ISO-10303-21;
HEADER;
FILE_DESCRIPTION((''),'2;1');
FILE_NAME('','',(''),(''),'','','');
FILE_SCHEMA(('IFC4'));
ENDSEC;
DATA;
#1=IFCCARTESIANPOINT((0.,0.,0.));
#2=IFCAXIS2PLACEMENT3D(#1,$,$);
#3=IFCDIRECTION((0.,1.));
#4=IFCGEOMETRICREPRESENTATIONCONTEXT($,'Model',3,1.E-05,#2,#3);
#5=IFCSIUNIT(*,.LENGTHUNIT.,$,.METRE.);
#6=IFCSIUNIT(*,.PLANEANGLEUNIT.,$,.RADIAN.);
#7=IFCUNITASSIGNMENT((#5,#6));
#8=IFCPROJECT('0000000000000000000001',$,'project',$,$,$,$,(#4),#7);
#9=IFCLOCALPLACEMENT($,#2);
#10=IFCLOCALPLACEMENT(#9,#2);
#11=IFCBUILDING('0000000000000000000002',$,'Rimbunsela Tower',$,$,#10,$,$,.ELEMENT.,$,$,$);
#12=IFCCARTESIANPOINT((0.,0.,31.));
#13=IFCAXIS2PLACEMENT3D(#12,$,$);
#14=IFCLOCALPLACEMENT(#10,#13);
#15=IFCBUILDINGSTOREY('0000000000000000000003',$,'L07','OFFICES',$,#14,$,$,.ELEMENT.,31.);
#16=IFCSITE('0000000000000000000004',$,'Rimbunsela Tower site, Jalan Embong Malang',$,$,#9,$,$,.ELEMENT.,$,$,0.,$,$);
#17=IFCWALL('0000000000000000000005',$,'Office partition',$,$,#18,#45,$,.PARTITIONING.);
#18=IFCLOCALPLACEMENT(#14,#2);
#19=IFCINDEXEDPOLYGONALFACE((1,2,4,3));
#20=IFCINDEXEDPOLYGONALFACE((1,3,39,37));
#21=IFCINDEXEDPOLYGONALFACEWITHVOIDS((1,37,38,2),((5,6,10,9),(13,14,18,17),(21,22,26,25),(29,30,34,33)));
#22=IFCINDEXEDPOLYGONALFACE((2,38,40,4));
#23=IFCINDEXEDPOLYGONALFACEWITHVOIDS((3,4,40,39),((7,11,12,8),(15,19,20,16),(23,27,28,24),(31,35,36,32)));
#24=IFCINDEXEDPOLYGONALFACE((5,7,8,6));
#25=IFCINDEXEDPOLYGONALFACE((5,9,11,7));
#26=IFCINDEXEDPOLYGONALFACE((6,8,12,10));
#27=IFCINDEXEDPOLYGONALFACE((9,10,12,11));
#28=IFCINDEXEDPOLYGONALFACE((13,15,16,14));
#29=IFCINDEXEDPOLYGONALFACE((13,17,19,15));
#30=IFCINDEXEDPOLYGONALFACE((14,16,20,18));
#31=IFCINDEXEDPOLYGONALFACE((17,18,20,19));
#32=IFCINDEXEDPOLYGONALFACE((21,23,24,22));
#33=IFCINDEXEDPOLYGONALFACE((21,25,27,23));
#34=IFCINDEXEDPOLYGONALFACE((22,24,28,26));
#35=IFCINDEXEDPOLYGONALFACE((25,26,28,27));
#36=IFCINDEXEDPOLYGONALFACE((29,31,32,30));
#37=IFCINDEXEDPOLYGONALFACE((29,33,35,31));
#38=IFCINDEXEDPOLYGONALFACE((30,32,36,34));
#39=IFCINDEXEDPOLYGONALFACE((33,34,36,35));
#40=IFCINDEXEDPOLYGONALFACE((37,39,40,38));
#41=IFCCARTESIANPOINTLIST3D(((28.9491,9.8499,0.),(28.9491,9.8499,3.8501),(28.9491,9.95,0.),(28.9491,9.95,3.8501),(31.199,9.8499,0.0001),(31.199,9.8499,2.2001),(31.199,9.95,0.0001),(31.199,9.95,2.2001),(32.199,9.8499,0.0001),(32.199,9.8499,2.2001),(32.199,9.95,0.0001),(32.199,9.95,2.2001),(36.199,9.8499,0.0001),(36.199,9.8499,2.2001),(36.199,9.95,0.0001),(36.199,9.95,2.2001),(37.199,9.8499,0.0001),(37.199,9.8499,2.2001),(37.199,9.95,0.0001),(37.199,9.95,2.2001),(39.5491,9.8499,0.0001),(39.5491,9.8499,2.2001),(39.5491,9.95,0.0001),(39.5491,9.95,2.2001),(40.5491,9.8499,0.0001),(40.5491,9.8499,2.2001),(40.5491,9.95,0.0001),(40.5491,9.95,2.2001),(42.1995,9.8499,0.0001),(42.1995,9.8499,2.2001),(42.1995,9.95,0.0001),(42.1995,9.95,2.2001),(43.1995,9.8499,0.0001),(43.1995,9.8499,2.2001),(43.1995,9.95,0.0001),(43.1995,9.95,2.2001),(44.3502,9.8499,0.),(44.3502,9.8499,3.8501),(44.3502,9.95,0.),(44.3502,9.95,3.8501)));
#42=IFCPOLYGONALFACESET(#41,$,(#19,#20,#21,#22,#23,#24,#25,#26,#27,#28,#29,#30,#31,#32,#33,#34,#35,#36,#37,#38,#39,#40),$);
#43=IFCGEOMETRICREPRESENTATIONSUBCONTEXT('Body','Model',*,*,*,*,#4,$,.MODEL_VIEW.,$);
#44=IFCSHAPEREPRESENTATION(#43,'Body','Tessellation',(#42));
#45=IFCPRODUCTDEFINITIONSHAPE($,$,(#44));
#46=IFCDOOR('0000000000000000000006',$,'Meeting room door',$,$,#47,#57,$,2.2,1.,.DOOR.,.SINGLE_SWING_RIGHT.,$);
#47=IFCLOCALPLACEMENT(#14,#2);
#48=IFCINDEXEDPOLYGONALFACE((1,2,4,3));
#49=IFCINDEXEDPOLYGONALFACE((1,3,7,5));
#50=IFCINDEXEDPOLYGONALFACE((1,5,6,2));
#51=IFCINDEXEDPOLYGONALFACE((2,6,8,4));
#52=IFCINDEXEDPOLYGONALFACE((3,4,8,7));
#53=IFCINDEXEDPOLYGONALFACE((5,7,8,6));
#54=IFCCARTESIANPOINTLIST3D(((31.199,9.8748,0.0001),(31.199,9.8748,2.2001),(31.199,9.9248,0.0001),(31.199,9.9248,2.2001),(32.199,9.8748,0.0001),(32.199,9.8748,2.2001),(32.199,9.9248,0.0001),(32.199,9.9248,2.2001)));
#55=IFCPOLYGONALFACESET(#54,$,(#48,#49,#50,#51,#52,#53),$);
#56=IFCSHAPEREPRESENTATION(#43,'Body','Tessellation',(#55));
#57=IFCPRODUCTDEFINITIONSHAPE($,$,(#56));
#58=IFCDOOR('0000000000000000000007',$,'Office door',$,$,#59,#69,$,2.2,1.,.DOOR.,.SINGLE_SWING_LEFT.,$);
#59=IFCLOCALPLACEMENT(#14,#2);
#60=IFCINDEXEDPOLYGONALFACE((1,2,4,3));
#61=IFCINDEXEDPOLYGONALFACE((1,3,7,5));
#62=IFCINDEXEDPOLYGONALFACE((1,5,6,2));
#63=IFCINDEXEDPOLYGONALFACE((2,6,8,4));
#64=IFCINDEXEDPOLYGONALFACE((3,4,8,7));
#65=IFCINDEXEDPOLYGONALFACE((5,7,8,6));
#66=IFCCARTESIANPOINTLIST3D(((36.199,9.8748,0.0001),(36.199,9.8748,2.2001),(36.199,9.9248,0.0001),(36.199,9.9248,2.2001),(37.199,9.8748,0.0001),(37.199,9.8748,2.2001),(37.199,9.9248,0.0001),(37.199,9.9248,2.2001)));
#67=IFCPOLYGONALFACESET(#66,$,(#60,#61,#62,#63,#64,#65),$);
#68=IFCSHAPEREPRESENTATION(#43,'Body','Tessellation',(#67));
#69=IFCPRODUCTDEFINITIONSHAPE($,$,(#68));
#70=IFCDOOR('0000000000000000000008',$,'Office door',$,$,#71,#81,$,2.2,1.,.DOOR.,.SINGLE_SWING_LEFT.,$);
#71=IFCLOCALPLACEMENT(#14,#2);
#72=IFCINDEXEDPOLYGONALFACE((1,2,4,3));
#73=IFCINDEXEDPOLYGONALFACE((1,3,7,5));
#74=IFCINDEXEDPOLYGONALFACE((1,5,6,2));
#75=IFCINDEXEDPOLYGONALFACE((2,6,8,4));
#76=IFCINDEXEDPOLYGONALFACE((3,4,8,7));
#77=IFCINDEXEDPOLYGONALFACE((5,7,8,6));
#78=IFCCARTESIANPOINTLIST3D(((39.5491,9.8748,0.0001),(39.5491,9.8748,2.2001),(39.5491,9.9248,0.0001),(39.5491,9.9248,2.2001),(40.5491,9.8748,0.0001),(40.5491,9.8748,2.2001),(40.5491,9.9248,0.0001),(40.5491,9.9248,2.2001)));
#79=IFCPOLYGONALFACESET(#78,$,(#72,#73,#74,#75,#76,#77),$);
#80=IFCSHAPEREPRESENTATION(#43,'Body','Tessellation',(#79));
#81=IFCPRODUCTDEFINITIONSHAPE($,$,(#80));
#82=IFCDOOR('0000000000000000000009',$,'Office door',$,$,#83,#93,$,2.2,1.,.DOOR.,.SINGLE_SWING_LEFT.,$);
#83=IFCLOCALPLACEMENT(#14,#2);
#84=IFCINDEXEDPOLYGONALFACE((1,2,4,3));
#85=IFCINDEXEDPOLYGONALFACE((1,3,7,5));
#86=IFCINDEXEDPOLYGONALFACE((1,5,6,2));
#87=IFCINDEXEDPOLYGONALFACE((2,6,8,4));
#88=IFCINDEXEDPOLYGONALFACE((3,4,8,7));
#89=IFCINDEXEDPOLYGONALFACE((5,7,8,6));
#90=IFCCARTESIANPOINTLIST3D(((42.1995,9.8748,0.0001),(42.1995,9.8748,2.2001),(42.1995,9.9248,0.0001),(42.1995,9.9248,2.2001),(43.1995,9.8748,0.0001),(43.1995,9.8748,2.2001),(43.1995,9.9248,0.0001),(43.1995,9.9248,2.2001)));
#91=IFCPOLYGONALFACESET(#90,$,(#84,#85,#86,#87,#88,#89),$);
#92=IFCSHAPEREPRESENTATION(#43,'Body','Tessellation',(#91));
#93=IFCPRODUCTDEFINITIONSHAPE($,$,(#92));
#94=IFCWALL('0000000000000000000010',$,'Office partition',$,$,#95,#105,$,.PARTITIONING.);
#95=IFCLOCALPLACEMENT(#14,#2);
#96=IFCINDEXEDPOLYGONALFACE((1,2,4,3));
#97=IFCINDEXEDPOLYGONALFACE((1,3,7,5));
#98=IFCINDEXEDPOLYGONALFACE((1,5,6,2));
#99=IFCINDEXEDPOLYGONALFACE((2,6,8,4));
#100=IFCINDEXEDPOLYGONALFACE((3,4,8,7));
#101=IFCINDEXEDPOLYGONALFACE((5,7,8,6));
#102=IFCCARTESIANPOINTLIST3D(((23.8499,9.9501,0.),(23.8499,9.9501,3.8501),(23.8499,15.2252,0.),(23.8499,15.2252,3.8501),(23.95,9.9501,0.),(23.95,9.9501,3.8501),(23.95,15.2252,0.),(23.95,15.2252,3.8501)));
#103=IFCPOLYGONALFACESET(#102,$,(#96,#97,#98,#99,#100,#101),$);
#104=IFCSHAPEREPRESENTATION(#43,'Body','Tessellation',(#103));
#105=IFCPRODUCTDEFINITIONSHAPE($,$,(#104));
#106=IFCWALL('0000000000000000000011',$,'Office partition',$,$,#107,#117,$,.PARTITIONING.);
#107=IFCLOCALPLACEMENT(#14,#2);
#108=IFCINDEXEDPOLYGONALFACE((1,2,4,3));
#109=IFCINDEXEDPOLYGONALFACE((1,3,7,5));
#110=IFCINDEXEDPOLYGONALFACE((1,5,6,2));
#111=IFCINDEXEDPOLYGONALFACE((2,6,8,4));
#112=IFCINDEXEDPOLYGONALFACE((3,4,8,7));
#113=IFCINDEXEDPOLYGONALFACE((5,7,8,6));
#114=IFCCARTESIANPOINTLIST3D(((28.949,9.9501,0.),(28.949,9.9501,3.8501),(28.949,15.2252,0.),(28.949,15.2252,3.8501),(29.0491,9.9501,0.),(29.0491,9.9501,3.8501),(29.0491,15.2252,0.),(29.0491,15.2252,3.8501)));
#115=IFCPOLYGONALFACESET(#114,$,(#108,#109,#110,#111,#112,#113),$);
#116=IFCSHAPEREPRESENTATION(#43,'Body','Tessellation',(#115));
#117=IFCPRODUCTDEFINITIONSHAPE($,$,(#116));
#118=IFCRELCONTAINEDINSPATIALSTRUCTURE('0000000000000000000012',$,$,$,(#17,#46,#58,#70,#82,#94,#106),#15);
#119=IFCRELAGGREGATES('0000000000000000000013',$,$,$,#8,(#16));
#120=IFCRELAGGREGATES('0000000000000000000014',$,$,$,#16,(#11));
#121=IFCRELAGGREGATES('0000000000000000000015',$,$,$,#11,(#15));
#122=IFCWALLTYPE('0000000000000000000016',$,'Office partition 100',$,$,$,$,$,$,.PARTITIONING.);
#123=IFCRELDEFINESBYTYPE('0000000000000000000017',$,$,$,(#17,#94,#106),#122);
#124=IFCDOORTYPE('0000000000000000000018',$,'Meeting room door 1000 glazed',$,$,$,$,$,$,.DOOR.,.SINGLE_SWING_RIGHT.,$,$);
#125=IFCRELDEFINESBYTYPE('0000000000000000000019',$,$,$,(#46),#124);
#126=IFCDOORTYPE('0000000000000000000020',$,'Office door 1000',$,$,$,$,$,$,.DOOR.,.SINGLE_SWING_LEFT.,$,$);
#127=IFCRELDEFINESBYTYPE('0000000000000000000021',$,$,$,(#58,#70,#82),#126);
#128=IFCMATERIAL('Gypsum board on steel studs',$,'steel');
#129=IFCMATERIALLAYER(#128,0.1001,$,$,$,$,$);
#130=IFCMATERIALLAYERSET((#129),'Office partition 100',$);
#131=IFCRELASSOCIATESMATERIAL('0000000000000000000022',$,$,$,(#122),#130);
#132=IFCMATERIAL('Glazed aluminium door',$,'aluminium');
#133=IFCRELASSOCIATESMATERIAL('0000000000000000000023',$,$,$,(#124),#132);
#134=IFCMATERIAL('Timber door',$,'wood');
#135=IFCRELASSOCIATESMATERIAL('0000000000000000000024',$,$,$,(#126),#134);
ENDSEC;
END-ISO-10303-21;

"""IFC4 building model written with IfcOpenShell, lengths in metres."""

from ifc_helpers import new_model, si_unit, direction, frame, frame_2d, origin, place, context, subcontext, project, spatial, rectangle, extrude, material, layer, layer_set, type_object, element, fill, save


model = new_model("IFC4")

# Units and contexts
model_context = context("Model", 3, precision=1e-05, world=origin(), true_north=direction((0.0, 1.0)))
body_context = subcontext(model_context, "Body", "Model", "MODEL_VIEW")
ifc_project = project(units=[si_unit("LENGTHUNIT", "METRE"), si_unit("PLANEANGLEUNIT", "RADIAN")], contexts=[model_context])

# Site, building, storey
site_placement = place(None, origin())
site = spatial("IfcSite", under=ifc_project, at=site_placement, Name="Rimbunsela Tower site, Jalan Embong Malang", CompositionType="ELEMENT", RefElevation=0.0)
building_placement = place(site_placement, origin())
building = spatial("IfcBuilding", under=site, at=building_placement, Name="Rimbunsela Tower", CompositionType="ELEMENT")
storey_placement = place(building_placement, frame((0.0, 0.0, 31.0)))
storey = spatial("IfcBuildingStorey", under=building, at=storey_placement, Name="L07", Description="OFFICES", CompositionType="ELEMENT", Elevation=31.0)

# Wall, openings, doors
ifc_material_1 = material(Name="Gypsum board on steel studs", Category="steel")
ifc_layer_1 = layer(ifc_material_1, 0.1001)
ifc_layer_set_1 = layer_set([ifc_layer_1], Name="Office partition 100")
wall_type_1 = type_object("IfcWallType", Name="Office partition 100", PredefinedType="PARTITIONING", material=ifc_layer_set_1)
wall_1_placement = place(storey_placement, frame((28.949, 9.8999, 0.0), z_axis=(0.0, 0.0, 1.0), x_axis=(1.0, 0.0, 0.0)))
wall_1 = element("IfcWall", 1, at=wall_1_placement, inside=storey, type_object=wall_type_1, Name="Office partition", PredefinedType="PARTITIONING", context=body_context, shape_type="SweptSolid", body=[
    extrude(rectangle(XDim=15.4011, YDim=0.1001, at=frame_2d((7.7007, 0.0))), origin(), (0.0, 0.0, 1.0), 3.8501),
])
opening_1_placement = place(wall_1_placement, frame((2.25, 0.0, 0.0)))
opening_1 = element("IfcOpeningElement", 2, at=opening_1_placement, cuts=wall_1, PredefinedType="OPENING", context=body_context, shape_type="SweptSolid", body=[
    extrude(rectangle(XDim=1.0, YDim=2.2, at=frame_2d((0.5, 1.1001))), frame((0.0, 0.0601, 0.0), z_axis=(0.0, -1.0, 0.0), x_axis=(1.0, 0.0, 0.0)), (0.0, 0.0, 1.0), 0.1201),
])
opening_2_placement = place(wall_1_placement, frame((7.25, 0.0, 0.0)))
opening_2 = element("IfcOpeningElement", 3, at=opening_2_placement, cuts=wall_1, PredefinedType="OPENING", context=body_context, shape_type="SweptSolid", body=[
    extrude(rectangle(XDim=1.0, YDim=2.2, at=frame_2d((0.5, 1.1001))), frame((0.0, 0.0601, 0.0), z_axis=(0.0, -1.0, 0.0), x_axis=(1.0, 0.0, 0.0)), (0.0, 0.0, 1.0), 0.1201),
])
opening_3_placement = place(wall_1_placement, frame((10.6001, 0.0, 0.0)))
opening_3 = element("IfcOpeningElement", 4, at=opening_3_placement, cuts=wall_1, PredefinedType="OPENING", context=body_context, shape_type="SweptSolid", body=[
    extrude(rectangle(XDim=1.0, YDim=2.2, at=frame_2d((0.5, 1.1001))), frame((0.0, 0.0601, 0.0), z_axis=(0.0, -1.0, 0.0), x_axis=(1.0, 0.0, 0.0)), (0.0, 0.0, 1.0), 0.1201),
])
opening_4_placement = place(wall_1_placement, frame((13.2505, 0.0, 0.0)))
opening_4 = element("IfcOpeningElement", 5, at=opening_4_placement, cuts=wall_1, PredefinedType="OPENING", context=body_context, shape_type="SweptSolid", body=[
    extrude(rectangle(XDim=1.0, YDim=2.2, at=frame_2d((0.5, 1.1001))), frame((0.0, 0.0601, 0.0), z_axis=(0.0, -1.0, 0.0), x_axis=(1.0, 0.0, 0.0)), (0.0, 0.0, 1.0), 0.1201),
])
ifc_material_2 = material(Name="Glazed aluminium door", Category="aluminium")
door_type_1 = type_object("IfcDoorType", Name="Meeting room door 1000 glazed", OperationType="SINGLE_SWING_RIGHT", PredefinedType="DOOR", material=ifc_material_2)
door_1_placement = place(opening_1_placement, origin())
door_1 = element("IfcDoor", 6, at=door_1_placement, inside=storey, type_object=door_type_1, Name="Meeting room door", OperationType="SINGLE_SWING_RIGHT", OverallHeight=2.2, OverallWidth=1.0, PredefinedType="DOOR", context=body_context, shape_type="SweptSolid", body=[
    extrude(rectangle(XDim=1.0, YDim=2.2, at=frame_2d((0.5, 1.1001))), frame((0.0, 0.0249, 0.0), z_axis=(0.0, -1.0, 0.0), x_axis=(1.0, 0.0, 0.0)), (0.0, 0.0, 1.0), 0.05),
])
fill(opening_1, door_1)
ifc_material_3 = material(Name="Timber door", Category="wood")
door_type_2 = type_object("IfcDoorType", Name="Office door 1000", OperationType="SINGLE_SWING_LEFT", PredefinedType="DOOR", material=ifc_material_3)
door_2_placement = place(opening_2_placement, origin())
door_2 = element("IfcDoor", 7, at=door_2_placement, inside=storey, type_object=door_type_2, Name="Office door", OperationType="SINGLE_SWING_LEFT", OverallHeight=2.2, OverallWidth=1.0, PredefinedType="DOOR", context=body_context, shape_type="SweptSolid", body=[
    extrude(rectangle(XDim=1.0, YDim=2.2, at=frame_2d((0.5, 1.1001))), frame((0.0, 0.0249, 0.0), z_axis=(0.0, -1.0, 0.0), x_axis=(1.0, 0.0, 0.0)), (0.0, 0.0, 1.0), 0.05),
])
fill(opening_2, door_2)
door_3_placement = place(opening_3_placement, origin())
door_3 = element("IfcDoor", 8, at=door_3_placement, inside=storey, type_object=door_type_2, Name="Office door", OperationType="SINGLE_SWING_LEFT", OverallHeight=2.2, OverallWidth=1.0, PredefinedType="DOOR", context=body_context, shape_type="SweptSolid", body=[
    extrude(rectangle(XDim=1.0, YDim=2.2, at=frame_2d((0.5, 1.1001))), frame((0.0, 0.0249, 0.0), z_axis=(0.0, -1.0, 0.0), x_axis=(1.0, 0.0, 0.0)), (0.0, 0.0, 1.0), 0.05),
])
fill(opening_3, door_3)
door_4_placement = place(opening_4_placement, origin())
door_4 = element("IfcDoor", 9, at=door_4_placement, inside=storey, type_object=door_type_2, Name="Office door", OperationType="SINGLE_SWING_LEFT", OverallHeight=2.2, OverallWidth=1.0, PredefinedType="DOOR", context=body_context, shape_type="SweptSolid", body=[
    extrude(rectangle(XDim=1.0, YDim=2.2, at=frame_2d((0.5, 1.1001))), frame((0.0, 0.0249, 0.0), z_axis=(0.0, -1.0, 0.0), x_axis=(1.0, 0.0, 0.0)), (0.0, 0.0, 1.0), 0.05),
])
fill(opening_4, door_4)

# Walls
for number, where, z_axis, x_axis, name in (
    (10, (23.8999, 9.95, 0.0), (0.0, 0.0, 1.0), (0.0, 1.0, 0.0), "Office partition"),
    (11, (28.999, 9.95, 0.0), (0.0, 0.0, 1.0), (0.0, 1.0, 0.0), "Office partition"),
):
    element("IfcWall", number, at=place(storey_placement, frame(where, z_axis=z_axis, x_axis=x_axis)), inside=storey, type_object=wall_type_1, Name=name, PredefinedType="PARTITIONING", context=body_context, shape_type="SweptSolid", body=[
        extrude(rectangle(XDim=5.2751, YDim=0.1001, at=frame_2d((2.6377, 0.0))), origin(), (0.0, 0.0, 1.0), 3.8501),
    ])

save(model, "model.ifc")
